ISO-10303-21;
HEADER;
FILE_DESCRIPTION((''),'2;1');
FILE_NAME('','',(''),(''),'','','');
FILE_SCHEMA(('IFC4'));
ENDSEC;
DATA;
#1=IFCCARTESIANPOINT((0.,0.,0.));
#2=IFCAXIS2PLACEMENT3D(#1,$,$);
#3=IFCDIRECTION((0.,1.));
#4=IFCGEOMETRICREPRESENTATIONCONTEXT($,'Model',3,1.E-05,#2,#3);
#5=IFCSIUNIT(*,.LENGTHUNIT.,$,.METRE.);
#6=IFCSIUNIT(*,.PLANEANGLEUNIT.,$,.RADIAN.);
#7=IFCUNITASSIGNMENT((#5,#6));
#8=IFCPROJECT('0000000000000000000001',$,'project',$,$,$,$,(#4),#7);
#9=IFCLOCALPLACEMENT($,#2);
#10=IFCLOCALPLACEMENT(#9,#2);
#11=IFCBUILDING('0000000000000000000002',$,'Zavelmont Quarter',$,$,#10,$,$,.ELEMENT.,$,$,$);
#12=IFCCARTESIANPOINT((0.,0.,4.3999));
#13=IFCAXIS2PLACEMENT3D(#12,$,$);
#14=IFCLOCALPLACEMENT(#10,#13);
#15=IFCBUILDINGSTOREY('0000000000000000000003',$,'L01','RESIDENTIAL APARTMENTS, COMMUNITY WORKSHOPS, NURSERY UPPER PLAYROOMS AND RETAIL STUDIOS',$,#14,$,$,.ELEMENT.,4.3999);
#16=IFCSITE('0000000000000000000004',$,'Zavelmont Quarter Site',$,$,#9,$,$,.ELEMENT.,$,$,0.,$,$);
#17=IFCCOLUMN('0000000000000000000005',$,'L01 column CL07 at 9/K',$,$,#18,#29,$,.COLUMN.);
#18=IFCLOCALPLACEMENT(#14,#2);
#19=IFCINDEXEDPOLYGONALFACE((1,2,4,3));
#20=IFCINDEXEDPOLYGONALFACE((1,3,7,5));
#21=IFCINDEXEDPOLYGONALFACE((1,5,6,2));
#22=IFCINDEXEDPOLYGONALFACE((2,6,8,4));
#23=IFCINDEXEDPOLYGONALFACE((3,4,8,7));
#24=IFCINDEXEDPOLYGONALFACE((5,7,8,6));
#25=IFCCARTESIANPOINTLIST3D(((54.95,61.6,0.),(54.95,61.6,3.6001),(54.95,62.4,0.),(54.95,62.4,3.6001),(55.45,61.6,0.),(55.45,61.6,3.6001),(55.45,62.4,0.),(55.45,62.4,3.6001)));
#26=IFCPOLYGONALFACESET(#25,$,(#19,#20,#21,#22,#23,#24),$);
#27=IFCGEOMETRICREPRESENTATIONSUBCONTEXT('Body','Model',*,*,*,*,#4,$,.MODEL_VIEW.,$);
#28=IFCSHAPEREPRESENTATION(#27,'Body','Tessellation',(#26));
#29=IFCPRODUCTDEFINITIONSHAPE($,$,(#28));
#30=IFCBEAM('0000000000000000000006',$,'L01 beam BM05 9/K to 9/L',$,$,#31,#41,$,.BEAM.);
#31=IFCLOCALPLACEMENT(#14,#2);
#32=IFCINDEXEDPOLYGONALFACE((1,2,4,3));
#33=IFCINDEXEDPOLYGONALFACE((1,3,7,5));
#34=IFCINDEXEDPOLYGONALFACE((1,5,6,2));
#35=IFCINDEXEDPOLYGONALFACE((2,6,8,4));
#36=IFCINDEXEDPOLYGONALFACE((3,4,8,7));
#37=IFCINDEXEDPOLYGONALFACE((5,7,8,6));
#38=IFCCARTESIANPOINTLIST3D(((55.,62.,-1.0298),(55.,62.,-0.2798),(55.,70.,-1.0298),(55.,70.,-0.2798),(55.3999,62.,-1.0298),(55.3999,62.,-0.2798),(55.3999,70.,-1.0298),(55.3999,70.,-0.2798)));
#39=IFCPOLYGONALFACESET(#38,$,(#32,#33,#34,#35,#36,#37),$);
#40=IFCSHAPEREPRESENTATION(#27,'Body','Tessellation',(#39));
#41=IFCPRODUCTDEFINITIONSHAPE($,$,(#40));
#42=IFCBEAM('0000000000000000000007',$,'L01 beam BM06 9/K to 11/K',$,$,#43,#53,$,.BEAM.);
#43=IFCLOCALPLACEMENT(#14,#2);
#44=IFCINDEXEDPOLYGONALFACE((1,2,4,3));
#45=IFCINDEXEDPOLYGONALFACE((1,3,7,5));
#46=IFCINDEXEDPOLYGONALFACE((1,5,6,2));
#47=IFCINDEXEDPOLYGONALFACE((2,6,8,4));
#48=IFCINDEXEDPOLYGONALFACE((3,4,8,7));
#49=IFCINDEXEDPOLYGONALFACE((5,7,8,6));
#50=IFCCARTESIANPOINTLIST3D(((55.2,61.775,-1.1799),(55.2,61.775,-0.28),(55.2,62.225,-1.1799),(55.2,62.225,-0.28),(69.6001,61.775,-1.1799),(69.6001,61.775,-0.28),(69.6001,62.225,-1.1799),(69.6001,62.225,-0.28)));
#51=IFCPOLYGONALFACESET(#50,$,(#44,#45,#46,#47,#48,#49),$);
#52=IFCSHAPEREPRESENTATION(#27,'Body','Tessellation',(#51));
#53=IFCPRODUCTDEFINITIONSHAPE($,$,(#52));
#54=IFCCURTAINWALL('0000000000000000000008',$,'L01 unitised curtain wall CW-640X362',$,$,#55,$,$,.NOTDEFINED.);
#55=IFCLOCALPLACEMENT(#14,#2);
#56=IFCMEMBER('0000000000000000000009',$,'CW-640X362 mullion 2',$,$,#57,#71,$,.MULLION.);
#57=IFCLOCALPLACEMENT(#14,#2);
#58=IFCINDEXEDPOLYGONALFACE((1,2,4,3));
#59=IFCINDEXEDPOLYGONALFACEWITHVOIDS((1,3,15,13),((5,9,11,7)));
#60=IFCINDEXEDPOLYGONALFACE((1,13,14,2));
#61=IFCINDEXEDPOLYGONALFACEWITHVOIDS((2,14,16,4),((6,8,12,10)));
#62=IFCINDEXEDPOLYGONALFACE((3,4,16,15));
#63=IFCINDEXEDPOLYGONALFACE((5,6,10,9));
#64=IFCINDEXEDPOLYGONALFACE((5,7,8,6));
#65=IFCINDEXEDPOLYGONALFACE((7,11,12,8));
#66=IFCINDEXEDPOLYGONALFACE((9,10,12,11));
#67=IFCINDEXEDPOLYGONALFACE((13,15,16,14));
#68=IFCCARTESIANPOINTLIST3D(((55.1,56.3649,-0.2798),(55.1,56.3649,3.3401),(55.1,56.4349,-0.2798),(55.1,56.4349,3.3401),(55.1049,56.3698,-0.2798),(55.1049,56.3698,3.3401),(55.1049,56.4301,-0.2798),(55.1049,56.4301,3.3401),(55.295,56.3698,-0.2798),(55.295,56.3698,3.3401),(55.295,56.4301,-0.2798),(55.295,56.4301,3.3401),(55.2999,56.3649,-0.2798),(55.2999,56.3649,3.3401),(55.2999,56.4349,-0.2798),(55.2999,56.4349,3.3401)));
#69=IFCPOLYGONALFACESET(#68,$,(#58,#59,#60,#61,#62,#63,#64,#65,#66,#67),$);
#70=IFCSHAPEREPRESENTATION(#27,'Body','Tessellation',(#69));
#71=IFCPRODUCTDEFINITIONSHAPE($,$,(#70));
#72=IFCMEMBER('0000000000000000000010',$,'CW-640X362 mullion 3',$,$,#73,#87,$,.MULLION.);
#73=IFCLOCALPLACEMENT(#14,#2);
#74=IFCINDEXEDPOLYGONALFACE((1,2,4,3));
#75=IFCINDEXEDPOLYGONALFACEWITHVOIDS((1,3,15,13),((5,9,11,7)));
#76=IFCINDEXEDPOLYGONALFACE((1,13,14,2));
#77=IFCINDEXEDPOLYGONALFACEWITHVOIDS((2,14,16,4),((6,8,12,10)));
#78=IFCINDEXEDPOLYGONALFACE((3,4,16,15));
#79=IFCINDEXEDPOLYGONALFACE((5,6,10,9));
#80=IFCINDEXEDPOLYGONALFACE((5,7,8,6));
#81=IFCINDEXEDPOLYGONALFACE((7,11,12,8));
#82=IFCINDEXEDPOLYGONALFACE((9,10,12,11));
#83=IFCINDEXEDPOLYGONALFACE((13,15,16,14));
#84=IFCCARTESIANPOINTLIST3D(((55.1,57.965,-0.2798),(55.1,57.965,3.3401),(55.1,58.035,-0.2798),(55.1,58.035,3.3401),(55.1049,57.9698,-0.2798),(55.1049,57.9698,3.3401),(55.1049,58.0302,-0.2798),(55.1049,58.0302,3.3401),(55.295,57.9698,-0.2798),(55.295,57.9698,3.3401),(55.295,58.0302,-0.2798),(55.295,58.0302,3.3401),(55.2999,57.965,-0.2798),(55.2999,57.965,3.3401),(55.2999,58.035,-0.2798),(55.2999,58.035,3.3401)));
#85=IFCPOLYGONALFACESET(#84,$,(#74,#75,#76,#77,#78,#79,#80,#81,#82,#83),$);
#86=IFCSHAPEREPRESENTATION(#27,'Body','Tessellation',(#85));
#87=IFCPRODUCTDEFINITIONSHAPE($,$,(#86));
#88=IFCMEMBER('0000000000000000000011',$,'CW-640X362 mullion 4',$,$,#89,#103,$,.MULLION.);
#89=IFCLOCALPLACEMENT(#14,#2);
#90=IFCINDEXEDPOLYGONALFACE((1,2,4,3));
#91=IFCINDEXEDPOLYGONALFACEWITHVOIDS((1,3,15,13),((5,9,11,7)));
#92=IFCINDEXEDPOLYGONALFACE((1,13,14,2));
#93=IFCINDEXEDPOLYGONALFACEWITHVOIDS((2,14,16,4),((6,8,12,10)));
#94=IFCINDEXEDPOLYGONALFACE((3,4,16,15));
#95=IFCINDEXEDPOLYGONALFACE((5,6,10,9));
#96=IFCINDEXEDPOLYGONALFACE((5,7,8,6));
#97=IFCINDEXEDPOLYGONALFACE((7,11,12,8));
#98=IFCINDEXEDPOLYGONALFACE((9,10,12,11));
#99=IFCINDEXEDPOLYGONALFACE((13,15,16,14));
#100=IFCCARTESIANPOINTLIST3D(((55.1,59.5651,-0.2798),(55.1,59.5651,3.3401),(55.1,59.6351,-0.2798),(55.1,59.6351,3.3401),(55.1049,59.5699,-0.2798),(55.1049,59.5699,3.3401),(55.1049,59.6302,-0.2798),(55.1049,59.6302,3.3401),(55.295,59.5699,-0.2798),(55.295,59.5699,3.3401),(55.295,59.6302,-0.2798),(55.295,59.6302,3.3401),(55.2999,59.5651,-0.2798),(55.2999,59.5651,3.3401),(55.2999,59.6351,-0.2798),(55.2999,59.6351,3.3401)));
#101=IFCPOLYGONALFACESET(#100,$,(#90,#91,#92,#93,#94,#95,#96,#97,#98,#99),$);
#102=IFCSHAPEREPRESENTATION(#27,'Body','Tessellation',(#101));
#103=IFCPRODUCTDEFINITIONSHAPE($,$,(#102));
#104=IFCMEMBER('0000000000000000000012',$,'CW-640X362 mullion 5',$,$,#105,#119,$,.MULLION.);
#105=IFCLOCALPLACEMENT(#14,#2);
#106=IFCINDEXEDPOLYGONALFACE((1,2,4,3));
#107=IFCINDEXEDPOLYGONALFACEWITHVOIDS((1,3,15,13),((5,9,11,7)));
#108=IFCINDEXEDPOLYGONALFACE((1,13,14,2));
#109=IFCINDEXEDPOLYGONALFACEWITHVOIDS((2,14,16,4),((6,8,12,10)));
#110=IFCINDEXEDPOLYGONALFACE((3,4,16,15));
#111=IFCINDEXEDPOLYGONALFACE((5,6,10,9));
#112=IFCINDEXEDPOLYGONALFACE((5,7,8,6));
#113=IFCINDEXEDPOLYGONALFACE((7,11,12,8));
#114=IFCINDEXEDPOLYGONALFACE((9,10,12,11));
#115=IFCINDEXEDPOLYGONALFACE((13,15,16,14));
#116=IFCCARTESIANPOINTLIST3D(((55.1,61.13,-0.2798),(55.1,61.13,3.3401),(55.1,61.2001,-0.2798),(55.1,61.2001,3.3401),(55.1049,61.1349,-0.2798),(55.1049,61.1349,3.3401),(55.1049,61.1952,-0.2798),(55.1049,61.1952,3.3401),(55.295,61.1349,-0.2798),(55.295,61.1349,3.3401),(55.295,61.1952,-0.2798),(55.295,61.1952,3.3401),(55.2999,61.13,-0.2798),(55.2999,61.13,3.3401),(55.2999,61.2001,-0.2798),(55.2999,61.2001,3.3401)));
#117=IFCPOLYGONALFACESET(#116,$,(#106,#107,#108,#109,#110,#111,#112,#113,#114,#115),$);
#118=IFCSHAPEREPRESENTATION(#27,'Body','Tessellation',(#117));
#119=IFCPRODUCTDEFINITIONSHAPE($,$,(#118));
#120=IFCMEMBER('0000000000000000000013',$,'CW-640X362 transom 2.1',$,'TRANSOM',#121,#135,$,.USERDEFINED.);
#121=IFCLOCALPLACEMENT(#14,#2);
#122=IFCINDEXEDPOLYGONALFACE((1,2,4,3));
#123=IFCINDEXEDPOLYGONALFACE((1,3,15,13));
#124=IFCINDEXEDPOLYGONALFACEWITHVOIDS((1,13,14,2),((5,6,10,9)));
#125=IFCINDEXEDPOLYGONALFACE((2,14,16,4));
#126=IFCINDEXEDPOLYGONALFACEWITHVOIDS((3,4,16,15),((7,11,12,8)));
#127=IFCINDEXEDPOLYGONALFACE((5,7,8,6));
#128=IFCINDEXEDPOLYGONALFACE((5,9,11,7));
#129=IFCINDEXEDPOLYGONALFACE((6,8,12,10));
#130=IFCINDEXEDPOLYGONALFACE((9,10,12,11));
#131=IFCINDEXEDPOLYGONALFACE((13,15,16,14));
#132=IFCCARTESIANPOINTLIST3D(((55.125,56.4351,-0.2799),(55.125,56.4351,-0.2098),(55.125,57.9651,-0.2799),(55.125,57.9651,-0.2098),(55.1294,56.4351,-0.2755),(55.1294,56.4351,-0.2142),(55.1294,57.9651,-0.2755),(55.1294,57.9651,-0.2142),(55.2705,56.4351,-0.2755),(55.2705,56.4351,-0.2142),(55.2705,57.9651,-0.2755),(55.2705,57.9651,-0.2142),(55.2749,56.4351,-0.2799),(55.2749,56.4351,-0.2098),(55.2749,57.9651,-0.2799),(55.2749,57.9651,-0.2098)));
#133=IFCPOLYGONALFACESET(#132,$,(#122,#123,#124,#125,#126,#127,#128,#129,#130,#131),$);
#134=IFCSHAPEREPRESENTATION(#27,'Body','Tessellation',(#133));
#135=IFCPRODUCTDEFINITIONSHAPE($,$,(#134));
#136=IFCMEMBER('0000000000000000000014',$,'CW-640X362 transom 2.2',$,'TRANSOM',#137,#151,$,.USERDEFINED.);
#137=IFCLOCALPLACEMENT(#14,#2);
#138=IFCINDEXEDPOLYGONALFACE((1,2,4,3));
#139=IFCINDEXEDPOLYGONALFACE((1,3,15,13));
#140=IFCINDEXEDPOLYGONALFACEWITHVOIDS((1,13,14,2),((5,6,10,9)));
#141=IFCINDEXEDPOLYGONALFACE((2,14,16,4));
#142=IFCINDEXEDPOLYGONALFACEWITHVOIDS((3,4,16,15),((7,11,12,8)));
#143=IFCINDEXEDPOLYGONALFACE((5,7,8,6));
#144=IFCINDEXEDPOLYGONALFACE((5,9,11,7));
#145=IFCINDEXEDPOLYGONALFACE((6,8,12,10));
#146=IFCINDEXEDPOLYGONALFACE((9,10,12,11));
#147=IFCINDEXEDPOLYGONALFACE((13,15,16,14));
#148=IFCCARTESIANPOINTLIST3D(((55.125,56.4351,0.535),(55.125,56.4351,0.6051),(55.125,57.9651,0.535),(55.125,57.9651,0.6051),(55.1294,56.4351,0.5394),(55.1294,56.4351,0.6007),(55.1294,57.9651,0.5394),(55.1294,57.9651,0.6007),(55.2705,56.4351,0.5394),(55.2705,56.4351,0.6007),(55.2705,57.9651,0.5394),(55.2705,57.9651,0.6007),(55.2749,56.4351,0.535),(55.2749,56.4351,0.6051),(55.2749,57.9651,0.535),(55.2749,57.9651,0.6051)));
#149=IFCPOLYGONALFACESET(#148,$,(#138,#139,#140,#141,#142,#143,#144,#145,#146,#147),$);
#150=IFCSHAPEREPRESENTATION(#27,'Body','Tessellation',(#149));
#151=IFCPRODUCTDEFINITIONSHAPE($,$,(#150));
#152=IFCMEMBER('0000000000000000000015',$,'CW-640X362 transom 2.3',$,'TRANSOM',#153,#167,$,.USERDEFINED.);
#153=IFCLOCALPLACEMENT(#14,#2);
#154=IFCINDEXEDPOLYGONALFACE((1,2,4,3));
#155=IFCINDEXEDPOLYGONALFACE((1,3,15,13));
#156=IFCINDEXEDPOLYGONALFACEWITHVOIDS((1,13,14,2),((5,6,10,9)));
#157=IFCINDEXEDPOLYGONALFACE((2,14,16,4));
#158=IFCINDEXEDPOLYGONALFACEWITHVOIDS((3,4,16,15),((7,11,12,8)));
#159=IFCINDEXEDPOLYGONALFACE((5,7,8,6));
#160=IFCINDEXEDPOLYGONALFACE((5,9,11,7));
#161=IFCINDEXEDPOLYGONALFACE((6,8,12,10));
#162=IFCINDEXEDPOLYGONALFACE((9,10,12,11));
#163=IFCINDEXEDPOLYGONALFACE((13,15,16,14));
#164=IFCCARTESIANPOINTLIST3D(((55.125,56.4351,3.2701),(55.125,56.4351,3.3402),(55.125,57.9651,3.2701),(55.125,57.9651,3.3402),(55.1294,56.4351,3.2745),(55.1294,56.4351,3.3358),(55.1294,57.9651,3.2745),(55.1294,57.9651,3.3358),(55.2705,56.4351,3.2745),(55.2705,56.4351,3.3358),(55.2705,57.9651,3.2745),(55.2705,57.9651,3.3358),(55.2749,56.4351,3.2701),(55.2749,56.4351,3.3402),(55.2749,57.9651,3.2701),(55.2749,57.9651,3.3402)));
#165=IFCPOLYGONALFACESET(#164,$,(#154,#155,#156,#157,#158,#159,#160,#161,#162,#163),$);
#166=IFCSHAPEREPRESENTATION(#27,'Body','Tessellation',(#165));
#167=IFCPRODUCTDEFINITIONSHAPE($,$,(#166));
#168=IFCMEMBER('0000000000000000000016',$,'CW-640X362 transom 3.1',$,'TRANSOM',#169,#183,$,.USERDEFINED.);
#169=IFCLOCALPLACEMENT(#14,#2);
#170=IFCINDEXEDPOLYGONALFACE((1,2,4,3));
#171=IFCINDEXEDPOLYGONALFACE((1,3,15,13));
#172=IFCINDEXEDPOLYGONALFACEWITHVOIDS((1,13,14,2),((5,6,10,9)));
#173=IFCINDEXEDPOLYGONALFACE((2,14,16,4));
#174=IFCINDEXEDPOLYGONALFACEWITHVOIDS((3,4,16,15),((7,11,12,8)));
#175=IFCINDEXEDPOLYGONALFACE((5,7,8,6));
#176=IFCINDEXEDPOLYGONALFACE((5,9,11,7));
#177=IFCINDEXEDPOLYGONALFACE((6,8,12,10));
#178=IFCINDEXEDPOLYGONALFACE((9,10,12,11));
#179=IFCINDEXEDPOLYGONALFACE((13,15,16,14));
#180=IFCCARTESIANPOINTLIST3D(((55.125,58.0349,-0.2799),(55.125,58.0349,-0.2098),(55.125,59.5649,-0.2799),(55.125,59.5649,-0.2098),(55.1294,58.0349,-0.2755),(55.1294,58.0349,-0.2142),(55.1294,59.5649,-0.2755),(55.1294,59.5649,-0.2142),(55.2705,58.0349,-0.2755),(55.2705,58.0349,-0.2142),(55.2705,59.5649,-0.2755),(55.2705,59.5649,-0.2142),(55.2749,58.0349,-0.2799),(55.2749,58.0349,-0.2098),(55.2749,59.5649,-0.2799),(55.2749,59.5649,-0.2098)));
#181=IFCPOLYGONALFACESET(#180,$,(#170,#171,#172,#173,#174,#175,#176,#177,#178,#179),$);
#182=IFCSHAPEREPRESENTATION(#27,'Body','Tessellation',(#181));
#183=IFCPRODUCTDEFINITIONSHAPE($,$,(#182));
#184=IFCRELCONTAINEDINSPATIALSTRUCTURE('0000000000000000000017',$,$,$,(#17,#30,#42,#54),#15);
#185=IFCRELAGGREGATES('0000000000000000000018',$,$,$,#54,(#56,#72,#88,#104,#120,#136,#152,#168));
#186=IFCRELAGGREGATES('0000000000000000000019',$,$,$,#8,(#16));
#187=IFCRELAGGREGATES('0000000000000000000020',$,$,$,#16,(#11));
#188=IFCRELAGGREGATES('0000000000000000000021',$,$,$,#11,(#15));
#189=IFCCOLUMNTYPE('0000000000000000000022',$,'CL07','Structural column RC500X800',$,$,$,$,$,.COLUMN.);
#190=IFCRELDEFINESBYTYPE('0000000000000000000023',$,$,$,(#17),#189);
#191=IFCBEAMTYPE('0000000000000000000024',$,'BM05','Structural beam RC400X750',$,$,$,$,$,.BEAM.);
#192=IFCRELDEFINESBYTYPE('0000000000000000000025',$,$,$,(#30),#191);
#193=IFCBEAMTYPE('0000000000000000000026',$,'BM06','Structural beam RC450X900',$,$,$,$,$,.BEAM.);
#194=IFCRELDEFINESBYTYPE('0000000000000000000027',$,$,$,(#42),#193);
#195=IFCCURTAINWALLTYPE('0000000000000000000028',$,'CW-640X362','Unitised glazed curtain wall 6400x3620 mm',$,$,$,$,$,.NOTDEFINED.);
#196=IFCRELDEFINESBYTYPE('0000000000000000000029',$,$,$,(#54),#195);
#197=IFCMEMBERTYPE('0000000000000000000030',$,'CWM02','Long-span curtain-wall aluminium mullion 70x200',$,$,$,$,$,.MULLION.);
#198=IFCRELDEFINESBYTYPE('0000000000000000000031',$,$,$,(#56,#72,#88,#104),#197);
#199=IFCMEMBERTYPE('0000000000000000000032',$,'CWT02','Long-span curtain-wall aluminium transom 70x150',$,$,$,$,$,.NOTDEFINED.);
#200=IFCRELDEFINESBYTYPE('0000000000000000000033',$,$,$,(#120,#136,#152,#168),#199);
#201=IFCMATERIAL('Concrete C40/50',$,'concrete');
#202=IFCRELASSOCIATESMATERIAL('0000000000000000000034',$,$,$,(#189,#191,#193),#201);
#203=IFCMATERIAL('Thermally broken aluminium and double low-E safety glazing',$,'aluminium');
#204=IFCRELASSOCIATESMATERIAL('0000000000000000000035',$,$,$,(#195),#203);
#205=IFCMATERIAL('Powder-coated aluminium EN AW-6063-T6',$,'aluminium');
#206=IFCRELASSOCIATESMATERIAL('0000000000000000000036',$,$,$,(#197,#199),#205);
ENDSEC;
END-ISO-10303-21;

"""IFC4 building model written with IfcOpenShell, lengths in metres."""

from ifc_helpers import new_model, si_unit, direction, frame, origin, origin_2d, place, context, subcontext, project, spatial, rectangle, hollow_rectangle, extrude, material, material_profile, profile_set, type_object, element, aggregate, save


model = new_model("IFC4")

# Units and contexts
model_context = context("Model", 3, precision=1e-05, world=origin(), true_north=direction((0.0, 1.0)))
body_context = subcontext(model_context, "Body", "Model", "MODEL_VIEW")
ifc_project = project(units=[si_unit("LENGTHUNIT", "METRE"), si_unit("PLANEANGLEUNIT", "RADIAN")], contexts=[model_context])

# Site, building, storey
site_placement = place(None, origin())
site = spatial("IfcSite", under=ifc_project, at=site_placement, Name="Zavelmont Quarter Site", CompositionType="ELEMENT", RefElevation=0.0)
building_placement = place(site_placement, origin())
building = spatial("IfcBuilding", under=site, at=building_placement, Name="Zavelmont Quarter", CompositionType="ELEMENT")
storey_placement = place(building_placement, frame((0.0, 0.0, 4.3999)))
storey = spatial("IfcBuildingStorey", under=building, at=storey_placement, Name="L01", Description="RESIDENTIAL APARTMENTS, COMMUNITY WORKSHOPS, NURSERY UPPER PLAYROOMS AND RETAIL STUDIOS", CompositionType="ELEMENT", Elevation=4.3999)

# Column
ifc_material_1 = material(Name="Concrete C40/50", Category="concrete")
ifc_material_profile_1 = material_profile(ifc_material_1, rectangle(XDim=0.5, YDim=0.8, at=origin_2d()), Name="RC500X800")
ifc_profile_set_1 = profile_set([ifc_material_profile_1], Name="Concrete C40/50")
column_type = type_object("IfcColumnType", Name="CL07", Description="Structural column RC500X800", PredefinedType="COLUMN", material=ifc_profile_set_1)
column_placement = place(storey_placement, frame((55.2, 62.0, 0.0), z_axis=(0.0, 0.0, 1.0), x_axis=(1.0, 0.0, 0.0)))
element("IfcColumn", 1, at=column_placement, inside=storey, type_object=column_type, Name="L01 column CL07 at 9/K", PredefinedType="COLUMN", context=body_context, shape_type="SweptSolid", body=[
    extrude(rectangle(XDim=0.5, YDim=0.8, at=origin_2d()), origin(), (0.0, 0.0, 1.0), 3.6001),
])

# Beams
ifc_material_profile_2 = material_profile(ifc_material_1, rectangle(XDim=0.3999, YDim=0.75, at=origin_2d()), Name="RC400X750")
ifc_profile_set_2 = profile_set([ifc_material_profile_2], Name="Concrete C40/50")
beam_type_1 = type_object("IfcBeamType", Name="BM05", Description="Structural beam RC400X750", PredefinedType="BEAM", material=ifc_profile_set_2)
beam_1_placement = place(storey_placement, frame((55.2, 62.0, -0.6548), z_axis=(0.0, 1.0, 0.0), x_axis=(-1.0, 0.0, 0.0)))
element("IfcBeam", 2, at=beam_1_placement, inside=storey, type_object=beam_type_1, Name="L01 beam BM05 9/K to 9/L", PredefinedType="BEAM", context=body_context, shape_type="SweptSolid", body=[
    extrude(rectangle(XDim=0.3999, YDim=0.75, at=origin_2d()), origin(), (0.0, 0.0, 1.0), 8.0),
])
ifc_material_profile_3 = material_profile(ifc_material_1, rectangle(XDim=0.45, YDim=0.8999, at=origin_2d()), Name="RC450X900")
ifc_profile_set_3 = profile_set([ifc_material_profile_3], Name="Concrete C40/50")
beam_type_2 = type_object("IfcBeamType", Name="BM06", Description="Structural beam RC450X900", PredefinedType="BEAM", material=ifc_profile_set_3)
beam_2_placement = place(storey_placement, frame((55.2, 62.0, -0.73), z_axis=(1.0, 0.0, 0.0), x_axis=(0.0, 1.0, 0.0)))
element("IfcBeam", 3, at=beam_2_placement, inside=storey, type_object=beam_type_2, Name="L01 beam BM06 9/K to 11/K", PredefinedType="BEAM", context=body_context, shape_type="SweptSolid", body=[
    extrude(rectangle(XDim=0.45, YDim=0.8999, at=origin_2d()), origin(), (0.0, 0.0, 1.0), 14.4001),
])

# Curtain wall, members
ifc_material_2 = material(Name="Thermally broken aluminium and double low-E safety glazing", Category="aluminium")
curtain_wall_type = type_object("IfcCurtainWallType", Name="CW-640X362", Description="Unitised glazed curtain wall 6400x3620 mm", PredefinedType="NOTDEFINED", material=ifc_material_2)
curtain_wall_placement = place(storey_placement, origin())
curtain_wall = element("IfcCurtainWall", 4, at=curtain_wall_placement, inside=storey, type_object=curtain_wall_type, Name="L01 unitised curtain wall CW-640X362", PredefinedType="NOTDEFINED")
ifc_material_3 = material(Name="Powder-coated aluminium EN AW-6063-T6", Category="aluminium")
ifc_material_profile_4 = material_profile(ifc_material_3, hollow_rectangle(XDim=0.0701, YDim=0.2, WallThickness=0.0049, at=origin_2d()), Name="CWM70X200")
ifc_profile_set_4 = profile_set([ifc_material_profile_4], Name="Powder-coated aluminium EN AW-6063-T6")
member_type_1 = type_object("IfcMemberType", Name="CWM02", Description="Long-span curtain-wall aluminium mullion 70x200", PredefinedType="MULLION", material=ifc_profile_set_4)
member_1_placement = place(storey_placement, frame((55.2, 56.3999, -0.2798), z_axis=(0.0, 0.0, 1.0), x_axis=(0.0, 1.0, 0.0)))
member_1 = element("IfcMember", 5, at=member_1_placement, type_object=member_type_1, Name="CW-640X362 mullion 2", PredefinedType="MULLION", context=body_context, shape_type="SweptSolid", body=[
    extrude(hollow_rectangle(XDim=0.0701, YDim=0.2, WallThickness=0.0049, at=origin_2d()), origin(), (0.0, 0.0, 1.0), 3.6199),
])
member_2_placement = place(storey_placement, frame((55.2, 58.0, -0.2798), z_axis=(0.0, 0.0, 1.0), x_axis=(0.0, 1.0, 0.0)))
member_2 = element("IfcMember", 6, at=member_2_placement, type_object=member_type_1, Name="CW-640X362 mullion 3", PredefinedType="MULLION", context=body_context, shape_type="SweptSolid", body=[
    extrude(hollow_rectangle(XDim=0.0701, YDim=0.2, WallThickness=0.0049, at=origin_2d()), origin(), (0.0, 0.0, 1.0), 3.6199),
])
member_3_placement = place(storey_placement, frame((55.2, 59.6001, -0.2798), z_axis=(0.0, 0.0, 1.0), x_axis=(0.0, 1.0, 0.0)))
member_3 = element("IfcMember", 7, at=member_3_placement, type_object=member_type_1, Name="CW-640X362 mullion 4", PredefinedType="MULLION", context=body_context, shape_type="SweptSolid", body=[
    extrude(hollow_rectangle(XDim=0.0701, YDim=0.2, WallThickness=0.0049, at=origin_2d()), origin(), (0.0, 0.0, 1.0), 3.6199),
])
member_4_placement = place(storey_placement, frame((55.2, 61.165, -0.2798), z_axis=(0.0, 0.0, 1.0), x_axis=(0.0, 1.0, 0.0)))
member_4 = element("IfcMember", 8, at=member_4_placement, type_object=member_type_1, Name="CW-640X362 mullion 5", PredefinedType="MULLION", context=body_context, shape_type="SweptSolid", body=[
    extrude(hollow_rectangle(XDim=0.0701, YDim=0.2, WallThickness=0.0049, at=origin_2d()), origin(), (0.0, 0.0, 1.0), 3.6199),
])
ifc_material_profile_5 = material_profile(ifc_material_3, hollow_rectangle(XDim=0.1499, YDim=0.0701, WallThickness=0.0044, at=origin_2d()), Name="CWT70X150")
ifc_profile_set_5 = profile_set([ifc_material_profile_5], Name="Powder-coated aluminium EN AW-6063-T6")
member_type_2 = type_object("IfcMemberType", Name="CWT02", Description="Long-span curtain-wall aluminium transom 70x150", PredefinedType="NOTDEFINED", material=ifc_profile_set_5)
member_5_placement = place(storey_placement, frame((55.2, 56.4351, -0.2449), z_axis=(0.0, 1.0, 0.0), x_axis=(-1.0, 0.0, 0.0)))
member_5 = element("IfcMember", 9, at=member_5_placement, type_object=member_type_2, Name="CW-640X362 transom 2.1", ObjectType="TRANSOM", PredefinedType="USERDEFINED", context=body_context, shape_type="SweptSolid", body=[
    extrude(hollow_rectangle(XDim=0.1499, YDim=0.0701, WallThickness=0.0044, at=origin_2d()), origin(), (0.0, 0.0, 1.0), 1.53),
])
member_6_placement = place(storey_placement, frame((55.2, 56.4351, 0.5701), z_axis=(0.0, 1.0, 0.0), x_axis=(-1.0, 0.0, 0.0)))
member_6 = element("IfcMember", 10, at=member_6_placement, type_object=member_type_2, Name="CW-640X362 transom 2.2", ObjectType="TRANSOM", PredefinedType="USERDEFINED", context=body_context, shape_type="SweptSolid", body=[
    extrude(hollow_rectangle(XDim=0.1499, YDim=0.0701, WallThickness=0.0044, at=origin_2d()), origin(), (0.0, 0.0, 1.0), 1.53),
])
member_7_placement = place(storey_placement, frame((55.2, 56.4351, 3.3052), z_axis=(0.0, 1.0, 0.0), x_axis=(-1.0, 0.0, 0.0)))
member_7 = element("IfcMember", 11, at=member_7_placement, type_object=member_type_2, Name="CW-640X362 transom 2.3", ObjectType="TRANSOM", PredefinedType="USERDEFINED", context=body_context, shape_type="SweptSolid", body=[
    extrude(hollow_rectangle(XDim=0.1499, YDim=0.0701, WallThickness=0.0044, at=origin_2d()), origin(), (0.0, 0.0, 1.0), 1.53),
])
member_8_placement = place(storey_placement, frame((55.2, 58.0349, -0.2449), z_axis=(0.0, 1.0, 0.0), x_axis=(-1.0, 0.0, 0.0)))
member_8 = element("IfcMember", 12, at=member_8_placement, type_object=member_type_2, Name="CW-640X362 transom 3.1", ObjectType="TRANSOM", PredefinedType="USERDEFINED", context=body_context, shape_type="SweptSolid", body=[
    extrude(hollow_rectangle(XDim=0.1499, YDim=0.0701, WallThickness=0.0044, at=origin_2d()), origin(), (0.0, 0.0, 1.0), 1.53),
])
aggregate(curtain_wall, [member_1, member_2, member_3, member_4, member_5, member_6, member_7, member_8])

save(model, "model.ifc")
